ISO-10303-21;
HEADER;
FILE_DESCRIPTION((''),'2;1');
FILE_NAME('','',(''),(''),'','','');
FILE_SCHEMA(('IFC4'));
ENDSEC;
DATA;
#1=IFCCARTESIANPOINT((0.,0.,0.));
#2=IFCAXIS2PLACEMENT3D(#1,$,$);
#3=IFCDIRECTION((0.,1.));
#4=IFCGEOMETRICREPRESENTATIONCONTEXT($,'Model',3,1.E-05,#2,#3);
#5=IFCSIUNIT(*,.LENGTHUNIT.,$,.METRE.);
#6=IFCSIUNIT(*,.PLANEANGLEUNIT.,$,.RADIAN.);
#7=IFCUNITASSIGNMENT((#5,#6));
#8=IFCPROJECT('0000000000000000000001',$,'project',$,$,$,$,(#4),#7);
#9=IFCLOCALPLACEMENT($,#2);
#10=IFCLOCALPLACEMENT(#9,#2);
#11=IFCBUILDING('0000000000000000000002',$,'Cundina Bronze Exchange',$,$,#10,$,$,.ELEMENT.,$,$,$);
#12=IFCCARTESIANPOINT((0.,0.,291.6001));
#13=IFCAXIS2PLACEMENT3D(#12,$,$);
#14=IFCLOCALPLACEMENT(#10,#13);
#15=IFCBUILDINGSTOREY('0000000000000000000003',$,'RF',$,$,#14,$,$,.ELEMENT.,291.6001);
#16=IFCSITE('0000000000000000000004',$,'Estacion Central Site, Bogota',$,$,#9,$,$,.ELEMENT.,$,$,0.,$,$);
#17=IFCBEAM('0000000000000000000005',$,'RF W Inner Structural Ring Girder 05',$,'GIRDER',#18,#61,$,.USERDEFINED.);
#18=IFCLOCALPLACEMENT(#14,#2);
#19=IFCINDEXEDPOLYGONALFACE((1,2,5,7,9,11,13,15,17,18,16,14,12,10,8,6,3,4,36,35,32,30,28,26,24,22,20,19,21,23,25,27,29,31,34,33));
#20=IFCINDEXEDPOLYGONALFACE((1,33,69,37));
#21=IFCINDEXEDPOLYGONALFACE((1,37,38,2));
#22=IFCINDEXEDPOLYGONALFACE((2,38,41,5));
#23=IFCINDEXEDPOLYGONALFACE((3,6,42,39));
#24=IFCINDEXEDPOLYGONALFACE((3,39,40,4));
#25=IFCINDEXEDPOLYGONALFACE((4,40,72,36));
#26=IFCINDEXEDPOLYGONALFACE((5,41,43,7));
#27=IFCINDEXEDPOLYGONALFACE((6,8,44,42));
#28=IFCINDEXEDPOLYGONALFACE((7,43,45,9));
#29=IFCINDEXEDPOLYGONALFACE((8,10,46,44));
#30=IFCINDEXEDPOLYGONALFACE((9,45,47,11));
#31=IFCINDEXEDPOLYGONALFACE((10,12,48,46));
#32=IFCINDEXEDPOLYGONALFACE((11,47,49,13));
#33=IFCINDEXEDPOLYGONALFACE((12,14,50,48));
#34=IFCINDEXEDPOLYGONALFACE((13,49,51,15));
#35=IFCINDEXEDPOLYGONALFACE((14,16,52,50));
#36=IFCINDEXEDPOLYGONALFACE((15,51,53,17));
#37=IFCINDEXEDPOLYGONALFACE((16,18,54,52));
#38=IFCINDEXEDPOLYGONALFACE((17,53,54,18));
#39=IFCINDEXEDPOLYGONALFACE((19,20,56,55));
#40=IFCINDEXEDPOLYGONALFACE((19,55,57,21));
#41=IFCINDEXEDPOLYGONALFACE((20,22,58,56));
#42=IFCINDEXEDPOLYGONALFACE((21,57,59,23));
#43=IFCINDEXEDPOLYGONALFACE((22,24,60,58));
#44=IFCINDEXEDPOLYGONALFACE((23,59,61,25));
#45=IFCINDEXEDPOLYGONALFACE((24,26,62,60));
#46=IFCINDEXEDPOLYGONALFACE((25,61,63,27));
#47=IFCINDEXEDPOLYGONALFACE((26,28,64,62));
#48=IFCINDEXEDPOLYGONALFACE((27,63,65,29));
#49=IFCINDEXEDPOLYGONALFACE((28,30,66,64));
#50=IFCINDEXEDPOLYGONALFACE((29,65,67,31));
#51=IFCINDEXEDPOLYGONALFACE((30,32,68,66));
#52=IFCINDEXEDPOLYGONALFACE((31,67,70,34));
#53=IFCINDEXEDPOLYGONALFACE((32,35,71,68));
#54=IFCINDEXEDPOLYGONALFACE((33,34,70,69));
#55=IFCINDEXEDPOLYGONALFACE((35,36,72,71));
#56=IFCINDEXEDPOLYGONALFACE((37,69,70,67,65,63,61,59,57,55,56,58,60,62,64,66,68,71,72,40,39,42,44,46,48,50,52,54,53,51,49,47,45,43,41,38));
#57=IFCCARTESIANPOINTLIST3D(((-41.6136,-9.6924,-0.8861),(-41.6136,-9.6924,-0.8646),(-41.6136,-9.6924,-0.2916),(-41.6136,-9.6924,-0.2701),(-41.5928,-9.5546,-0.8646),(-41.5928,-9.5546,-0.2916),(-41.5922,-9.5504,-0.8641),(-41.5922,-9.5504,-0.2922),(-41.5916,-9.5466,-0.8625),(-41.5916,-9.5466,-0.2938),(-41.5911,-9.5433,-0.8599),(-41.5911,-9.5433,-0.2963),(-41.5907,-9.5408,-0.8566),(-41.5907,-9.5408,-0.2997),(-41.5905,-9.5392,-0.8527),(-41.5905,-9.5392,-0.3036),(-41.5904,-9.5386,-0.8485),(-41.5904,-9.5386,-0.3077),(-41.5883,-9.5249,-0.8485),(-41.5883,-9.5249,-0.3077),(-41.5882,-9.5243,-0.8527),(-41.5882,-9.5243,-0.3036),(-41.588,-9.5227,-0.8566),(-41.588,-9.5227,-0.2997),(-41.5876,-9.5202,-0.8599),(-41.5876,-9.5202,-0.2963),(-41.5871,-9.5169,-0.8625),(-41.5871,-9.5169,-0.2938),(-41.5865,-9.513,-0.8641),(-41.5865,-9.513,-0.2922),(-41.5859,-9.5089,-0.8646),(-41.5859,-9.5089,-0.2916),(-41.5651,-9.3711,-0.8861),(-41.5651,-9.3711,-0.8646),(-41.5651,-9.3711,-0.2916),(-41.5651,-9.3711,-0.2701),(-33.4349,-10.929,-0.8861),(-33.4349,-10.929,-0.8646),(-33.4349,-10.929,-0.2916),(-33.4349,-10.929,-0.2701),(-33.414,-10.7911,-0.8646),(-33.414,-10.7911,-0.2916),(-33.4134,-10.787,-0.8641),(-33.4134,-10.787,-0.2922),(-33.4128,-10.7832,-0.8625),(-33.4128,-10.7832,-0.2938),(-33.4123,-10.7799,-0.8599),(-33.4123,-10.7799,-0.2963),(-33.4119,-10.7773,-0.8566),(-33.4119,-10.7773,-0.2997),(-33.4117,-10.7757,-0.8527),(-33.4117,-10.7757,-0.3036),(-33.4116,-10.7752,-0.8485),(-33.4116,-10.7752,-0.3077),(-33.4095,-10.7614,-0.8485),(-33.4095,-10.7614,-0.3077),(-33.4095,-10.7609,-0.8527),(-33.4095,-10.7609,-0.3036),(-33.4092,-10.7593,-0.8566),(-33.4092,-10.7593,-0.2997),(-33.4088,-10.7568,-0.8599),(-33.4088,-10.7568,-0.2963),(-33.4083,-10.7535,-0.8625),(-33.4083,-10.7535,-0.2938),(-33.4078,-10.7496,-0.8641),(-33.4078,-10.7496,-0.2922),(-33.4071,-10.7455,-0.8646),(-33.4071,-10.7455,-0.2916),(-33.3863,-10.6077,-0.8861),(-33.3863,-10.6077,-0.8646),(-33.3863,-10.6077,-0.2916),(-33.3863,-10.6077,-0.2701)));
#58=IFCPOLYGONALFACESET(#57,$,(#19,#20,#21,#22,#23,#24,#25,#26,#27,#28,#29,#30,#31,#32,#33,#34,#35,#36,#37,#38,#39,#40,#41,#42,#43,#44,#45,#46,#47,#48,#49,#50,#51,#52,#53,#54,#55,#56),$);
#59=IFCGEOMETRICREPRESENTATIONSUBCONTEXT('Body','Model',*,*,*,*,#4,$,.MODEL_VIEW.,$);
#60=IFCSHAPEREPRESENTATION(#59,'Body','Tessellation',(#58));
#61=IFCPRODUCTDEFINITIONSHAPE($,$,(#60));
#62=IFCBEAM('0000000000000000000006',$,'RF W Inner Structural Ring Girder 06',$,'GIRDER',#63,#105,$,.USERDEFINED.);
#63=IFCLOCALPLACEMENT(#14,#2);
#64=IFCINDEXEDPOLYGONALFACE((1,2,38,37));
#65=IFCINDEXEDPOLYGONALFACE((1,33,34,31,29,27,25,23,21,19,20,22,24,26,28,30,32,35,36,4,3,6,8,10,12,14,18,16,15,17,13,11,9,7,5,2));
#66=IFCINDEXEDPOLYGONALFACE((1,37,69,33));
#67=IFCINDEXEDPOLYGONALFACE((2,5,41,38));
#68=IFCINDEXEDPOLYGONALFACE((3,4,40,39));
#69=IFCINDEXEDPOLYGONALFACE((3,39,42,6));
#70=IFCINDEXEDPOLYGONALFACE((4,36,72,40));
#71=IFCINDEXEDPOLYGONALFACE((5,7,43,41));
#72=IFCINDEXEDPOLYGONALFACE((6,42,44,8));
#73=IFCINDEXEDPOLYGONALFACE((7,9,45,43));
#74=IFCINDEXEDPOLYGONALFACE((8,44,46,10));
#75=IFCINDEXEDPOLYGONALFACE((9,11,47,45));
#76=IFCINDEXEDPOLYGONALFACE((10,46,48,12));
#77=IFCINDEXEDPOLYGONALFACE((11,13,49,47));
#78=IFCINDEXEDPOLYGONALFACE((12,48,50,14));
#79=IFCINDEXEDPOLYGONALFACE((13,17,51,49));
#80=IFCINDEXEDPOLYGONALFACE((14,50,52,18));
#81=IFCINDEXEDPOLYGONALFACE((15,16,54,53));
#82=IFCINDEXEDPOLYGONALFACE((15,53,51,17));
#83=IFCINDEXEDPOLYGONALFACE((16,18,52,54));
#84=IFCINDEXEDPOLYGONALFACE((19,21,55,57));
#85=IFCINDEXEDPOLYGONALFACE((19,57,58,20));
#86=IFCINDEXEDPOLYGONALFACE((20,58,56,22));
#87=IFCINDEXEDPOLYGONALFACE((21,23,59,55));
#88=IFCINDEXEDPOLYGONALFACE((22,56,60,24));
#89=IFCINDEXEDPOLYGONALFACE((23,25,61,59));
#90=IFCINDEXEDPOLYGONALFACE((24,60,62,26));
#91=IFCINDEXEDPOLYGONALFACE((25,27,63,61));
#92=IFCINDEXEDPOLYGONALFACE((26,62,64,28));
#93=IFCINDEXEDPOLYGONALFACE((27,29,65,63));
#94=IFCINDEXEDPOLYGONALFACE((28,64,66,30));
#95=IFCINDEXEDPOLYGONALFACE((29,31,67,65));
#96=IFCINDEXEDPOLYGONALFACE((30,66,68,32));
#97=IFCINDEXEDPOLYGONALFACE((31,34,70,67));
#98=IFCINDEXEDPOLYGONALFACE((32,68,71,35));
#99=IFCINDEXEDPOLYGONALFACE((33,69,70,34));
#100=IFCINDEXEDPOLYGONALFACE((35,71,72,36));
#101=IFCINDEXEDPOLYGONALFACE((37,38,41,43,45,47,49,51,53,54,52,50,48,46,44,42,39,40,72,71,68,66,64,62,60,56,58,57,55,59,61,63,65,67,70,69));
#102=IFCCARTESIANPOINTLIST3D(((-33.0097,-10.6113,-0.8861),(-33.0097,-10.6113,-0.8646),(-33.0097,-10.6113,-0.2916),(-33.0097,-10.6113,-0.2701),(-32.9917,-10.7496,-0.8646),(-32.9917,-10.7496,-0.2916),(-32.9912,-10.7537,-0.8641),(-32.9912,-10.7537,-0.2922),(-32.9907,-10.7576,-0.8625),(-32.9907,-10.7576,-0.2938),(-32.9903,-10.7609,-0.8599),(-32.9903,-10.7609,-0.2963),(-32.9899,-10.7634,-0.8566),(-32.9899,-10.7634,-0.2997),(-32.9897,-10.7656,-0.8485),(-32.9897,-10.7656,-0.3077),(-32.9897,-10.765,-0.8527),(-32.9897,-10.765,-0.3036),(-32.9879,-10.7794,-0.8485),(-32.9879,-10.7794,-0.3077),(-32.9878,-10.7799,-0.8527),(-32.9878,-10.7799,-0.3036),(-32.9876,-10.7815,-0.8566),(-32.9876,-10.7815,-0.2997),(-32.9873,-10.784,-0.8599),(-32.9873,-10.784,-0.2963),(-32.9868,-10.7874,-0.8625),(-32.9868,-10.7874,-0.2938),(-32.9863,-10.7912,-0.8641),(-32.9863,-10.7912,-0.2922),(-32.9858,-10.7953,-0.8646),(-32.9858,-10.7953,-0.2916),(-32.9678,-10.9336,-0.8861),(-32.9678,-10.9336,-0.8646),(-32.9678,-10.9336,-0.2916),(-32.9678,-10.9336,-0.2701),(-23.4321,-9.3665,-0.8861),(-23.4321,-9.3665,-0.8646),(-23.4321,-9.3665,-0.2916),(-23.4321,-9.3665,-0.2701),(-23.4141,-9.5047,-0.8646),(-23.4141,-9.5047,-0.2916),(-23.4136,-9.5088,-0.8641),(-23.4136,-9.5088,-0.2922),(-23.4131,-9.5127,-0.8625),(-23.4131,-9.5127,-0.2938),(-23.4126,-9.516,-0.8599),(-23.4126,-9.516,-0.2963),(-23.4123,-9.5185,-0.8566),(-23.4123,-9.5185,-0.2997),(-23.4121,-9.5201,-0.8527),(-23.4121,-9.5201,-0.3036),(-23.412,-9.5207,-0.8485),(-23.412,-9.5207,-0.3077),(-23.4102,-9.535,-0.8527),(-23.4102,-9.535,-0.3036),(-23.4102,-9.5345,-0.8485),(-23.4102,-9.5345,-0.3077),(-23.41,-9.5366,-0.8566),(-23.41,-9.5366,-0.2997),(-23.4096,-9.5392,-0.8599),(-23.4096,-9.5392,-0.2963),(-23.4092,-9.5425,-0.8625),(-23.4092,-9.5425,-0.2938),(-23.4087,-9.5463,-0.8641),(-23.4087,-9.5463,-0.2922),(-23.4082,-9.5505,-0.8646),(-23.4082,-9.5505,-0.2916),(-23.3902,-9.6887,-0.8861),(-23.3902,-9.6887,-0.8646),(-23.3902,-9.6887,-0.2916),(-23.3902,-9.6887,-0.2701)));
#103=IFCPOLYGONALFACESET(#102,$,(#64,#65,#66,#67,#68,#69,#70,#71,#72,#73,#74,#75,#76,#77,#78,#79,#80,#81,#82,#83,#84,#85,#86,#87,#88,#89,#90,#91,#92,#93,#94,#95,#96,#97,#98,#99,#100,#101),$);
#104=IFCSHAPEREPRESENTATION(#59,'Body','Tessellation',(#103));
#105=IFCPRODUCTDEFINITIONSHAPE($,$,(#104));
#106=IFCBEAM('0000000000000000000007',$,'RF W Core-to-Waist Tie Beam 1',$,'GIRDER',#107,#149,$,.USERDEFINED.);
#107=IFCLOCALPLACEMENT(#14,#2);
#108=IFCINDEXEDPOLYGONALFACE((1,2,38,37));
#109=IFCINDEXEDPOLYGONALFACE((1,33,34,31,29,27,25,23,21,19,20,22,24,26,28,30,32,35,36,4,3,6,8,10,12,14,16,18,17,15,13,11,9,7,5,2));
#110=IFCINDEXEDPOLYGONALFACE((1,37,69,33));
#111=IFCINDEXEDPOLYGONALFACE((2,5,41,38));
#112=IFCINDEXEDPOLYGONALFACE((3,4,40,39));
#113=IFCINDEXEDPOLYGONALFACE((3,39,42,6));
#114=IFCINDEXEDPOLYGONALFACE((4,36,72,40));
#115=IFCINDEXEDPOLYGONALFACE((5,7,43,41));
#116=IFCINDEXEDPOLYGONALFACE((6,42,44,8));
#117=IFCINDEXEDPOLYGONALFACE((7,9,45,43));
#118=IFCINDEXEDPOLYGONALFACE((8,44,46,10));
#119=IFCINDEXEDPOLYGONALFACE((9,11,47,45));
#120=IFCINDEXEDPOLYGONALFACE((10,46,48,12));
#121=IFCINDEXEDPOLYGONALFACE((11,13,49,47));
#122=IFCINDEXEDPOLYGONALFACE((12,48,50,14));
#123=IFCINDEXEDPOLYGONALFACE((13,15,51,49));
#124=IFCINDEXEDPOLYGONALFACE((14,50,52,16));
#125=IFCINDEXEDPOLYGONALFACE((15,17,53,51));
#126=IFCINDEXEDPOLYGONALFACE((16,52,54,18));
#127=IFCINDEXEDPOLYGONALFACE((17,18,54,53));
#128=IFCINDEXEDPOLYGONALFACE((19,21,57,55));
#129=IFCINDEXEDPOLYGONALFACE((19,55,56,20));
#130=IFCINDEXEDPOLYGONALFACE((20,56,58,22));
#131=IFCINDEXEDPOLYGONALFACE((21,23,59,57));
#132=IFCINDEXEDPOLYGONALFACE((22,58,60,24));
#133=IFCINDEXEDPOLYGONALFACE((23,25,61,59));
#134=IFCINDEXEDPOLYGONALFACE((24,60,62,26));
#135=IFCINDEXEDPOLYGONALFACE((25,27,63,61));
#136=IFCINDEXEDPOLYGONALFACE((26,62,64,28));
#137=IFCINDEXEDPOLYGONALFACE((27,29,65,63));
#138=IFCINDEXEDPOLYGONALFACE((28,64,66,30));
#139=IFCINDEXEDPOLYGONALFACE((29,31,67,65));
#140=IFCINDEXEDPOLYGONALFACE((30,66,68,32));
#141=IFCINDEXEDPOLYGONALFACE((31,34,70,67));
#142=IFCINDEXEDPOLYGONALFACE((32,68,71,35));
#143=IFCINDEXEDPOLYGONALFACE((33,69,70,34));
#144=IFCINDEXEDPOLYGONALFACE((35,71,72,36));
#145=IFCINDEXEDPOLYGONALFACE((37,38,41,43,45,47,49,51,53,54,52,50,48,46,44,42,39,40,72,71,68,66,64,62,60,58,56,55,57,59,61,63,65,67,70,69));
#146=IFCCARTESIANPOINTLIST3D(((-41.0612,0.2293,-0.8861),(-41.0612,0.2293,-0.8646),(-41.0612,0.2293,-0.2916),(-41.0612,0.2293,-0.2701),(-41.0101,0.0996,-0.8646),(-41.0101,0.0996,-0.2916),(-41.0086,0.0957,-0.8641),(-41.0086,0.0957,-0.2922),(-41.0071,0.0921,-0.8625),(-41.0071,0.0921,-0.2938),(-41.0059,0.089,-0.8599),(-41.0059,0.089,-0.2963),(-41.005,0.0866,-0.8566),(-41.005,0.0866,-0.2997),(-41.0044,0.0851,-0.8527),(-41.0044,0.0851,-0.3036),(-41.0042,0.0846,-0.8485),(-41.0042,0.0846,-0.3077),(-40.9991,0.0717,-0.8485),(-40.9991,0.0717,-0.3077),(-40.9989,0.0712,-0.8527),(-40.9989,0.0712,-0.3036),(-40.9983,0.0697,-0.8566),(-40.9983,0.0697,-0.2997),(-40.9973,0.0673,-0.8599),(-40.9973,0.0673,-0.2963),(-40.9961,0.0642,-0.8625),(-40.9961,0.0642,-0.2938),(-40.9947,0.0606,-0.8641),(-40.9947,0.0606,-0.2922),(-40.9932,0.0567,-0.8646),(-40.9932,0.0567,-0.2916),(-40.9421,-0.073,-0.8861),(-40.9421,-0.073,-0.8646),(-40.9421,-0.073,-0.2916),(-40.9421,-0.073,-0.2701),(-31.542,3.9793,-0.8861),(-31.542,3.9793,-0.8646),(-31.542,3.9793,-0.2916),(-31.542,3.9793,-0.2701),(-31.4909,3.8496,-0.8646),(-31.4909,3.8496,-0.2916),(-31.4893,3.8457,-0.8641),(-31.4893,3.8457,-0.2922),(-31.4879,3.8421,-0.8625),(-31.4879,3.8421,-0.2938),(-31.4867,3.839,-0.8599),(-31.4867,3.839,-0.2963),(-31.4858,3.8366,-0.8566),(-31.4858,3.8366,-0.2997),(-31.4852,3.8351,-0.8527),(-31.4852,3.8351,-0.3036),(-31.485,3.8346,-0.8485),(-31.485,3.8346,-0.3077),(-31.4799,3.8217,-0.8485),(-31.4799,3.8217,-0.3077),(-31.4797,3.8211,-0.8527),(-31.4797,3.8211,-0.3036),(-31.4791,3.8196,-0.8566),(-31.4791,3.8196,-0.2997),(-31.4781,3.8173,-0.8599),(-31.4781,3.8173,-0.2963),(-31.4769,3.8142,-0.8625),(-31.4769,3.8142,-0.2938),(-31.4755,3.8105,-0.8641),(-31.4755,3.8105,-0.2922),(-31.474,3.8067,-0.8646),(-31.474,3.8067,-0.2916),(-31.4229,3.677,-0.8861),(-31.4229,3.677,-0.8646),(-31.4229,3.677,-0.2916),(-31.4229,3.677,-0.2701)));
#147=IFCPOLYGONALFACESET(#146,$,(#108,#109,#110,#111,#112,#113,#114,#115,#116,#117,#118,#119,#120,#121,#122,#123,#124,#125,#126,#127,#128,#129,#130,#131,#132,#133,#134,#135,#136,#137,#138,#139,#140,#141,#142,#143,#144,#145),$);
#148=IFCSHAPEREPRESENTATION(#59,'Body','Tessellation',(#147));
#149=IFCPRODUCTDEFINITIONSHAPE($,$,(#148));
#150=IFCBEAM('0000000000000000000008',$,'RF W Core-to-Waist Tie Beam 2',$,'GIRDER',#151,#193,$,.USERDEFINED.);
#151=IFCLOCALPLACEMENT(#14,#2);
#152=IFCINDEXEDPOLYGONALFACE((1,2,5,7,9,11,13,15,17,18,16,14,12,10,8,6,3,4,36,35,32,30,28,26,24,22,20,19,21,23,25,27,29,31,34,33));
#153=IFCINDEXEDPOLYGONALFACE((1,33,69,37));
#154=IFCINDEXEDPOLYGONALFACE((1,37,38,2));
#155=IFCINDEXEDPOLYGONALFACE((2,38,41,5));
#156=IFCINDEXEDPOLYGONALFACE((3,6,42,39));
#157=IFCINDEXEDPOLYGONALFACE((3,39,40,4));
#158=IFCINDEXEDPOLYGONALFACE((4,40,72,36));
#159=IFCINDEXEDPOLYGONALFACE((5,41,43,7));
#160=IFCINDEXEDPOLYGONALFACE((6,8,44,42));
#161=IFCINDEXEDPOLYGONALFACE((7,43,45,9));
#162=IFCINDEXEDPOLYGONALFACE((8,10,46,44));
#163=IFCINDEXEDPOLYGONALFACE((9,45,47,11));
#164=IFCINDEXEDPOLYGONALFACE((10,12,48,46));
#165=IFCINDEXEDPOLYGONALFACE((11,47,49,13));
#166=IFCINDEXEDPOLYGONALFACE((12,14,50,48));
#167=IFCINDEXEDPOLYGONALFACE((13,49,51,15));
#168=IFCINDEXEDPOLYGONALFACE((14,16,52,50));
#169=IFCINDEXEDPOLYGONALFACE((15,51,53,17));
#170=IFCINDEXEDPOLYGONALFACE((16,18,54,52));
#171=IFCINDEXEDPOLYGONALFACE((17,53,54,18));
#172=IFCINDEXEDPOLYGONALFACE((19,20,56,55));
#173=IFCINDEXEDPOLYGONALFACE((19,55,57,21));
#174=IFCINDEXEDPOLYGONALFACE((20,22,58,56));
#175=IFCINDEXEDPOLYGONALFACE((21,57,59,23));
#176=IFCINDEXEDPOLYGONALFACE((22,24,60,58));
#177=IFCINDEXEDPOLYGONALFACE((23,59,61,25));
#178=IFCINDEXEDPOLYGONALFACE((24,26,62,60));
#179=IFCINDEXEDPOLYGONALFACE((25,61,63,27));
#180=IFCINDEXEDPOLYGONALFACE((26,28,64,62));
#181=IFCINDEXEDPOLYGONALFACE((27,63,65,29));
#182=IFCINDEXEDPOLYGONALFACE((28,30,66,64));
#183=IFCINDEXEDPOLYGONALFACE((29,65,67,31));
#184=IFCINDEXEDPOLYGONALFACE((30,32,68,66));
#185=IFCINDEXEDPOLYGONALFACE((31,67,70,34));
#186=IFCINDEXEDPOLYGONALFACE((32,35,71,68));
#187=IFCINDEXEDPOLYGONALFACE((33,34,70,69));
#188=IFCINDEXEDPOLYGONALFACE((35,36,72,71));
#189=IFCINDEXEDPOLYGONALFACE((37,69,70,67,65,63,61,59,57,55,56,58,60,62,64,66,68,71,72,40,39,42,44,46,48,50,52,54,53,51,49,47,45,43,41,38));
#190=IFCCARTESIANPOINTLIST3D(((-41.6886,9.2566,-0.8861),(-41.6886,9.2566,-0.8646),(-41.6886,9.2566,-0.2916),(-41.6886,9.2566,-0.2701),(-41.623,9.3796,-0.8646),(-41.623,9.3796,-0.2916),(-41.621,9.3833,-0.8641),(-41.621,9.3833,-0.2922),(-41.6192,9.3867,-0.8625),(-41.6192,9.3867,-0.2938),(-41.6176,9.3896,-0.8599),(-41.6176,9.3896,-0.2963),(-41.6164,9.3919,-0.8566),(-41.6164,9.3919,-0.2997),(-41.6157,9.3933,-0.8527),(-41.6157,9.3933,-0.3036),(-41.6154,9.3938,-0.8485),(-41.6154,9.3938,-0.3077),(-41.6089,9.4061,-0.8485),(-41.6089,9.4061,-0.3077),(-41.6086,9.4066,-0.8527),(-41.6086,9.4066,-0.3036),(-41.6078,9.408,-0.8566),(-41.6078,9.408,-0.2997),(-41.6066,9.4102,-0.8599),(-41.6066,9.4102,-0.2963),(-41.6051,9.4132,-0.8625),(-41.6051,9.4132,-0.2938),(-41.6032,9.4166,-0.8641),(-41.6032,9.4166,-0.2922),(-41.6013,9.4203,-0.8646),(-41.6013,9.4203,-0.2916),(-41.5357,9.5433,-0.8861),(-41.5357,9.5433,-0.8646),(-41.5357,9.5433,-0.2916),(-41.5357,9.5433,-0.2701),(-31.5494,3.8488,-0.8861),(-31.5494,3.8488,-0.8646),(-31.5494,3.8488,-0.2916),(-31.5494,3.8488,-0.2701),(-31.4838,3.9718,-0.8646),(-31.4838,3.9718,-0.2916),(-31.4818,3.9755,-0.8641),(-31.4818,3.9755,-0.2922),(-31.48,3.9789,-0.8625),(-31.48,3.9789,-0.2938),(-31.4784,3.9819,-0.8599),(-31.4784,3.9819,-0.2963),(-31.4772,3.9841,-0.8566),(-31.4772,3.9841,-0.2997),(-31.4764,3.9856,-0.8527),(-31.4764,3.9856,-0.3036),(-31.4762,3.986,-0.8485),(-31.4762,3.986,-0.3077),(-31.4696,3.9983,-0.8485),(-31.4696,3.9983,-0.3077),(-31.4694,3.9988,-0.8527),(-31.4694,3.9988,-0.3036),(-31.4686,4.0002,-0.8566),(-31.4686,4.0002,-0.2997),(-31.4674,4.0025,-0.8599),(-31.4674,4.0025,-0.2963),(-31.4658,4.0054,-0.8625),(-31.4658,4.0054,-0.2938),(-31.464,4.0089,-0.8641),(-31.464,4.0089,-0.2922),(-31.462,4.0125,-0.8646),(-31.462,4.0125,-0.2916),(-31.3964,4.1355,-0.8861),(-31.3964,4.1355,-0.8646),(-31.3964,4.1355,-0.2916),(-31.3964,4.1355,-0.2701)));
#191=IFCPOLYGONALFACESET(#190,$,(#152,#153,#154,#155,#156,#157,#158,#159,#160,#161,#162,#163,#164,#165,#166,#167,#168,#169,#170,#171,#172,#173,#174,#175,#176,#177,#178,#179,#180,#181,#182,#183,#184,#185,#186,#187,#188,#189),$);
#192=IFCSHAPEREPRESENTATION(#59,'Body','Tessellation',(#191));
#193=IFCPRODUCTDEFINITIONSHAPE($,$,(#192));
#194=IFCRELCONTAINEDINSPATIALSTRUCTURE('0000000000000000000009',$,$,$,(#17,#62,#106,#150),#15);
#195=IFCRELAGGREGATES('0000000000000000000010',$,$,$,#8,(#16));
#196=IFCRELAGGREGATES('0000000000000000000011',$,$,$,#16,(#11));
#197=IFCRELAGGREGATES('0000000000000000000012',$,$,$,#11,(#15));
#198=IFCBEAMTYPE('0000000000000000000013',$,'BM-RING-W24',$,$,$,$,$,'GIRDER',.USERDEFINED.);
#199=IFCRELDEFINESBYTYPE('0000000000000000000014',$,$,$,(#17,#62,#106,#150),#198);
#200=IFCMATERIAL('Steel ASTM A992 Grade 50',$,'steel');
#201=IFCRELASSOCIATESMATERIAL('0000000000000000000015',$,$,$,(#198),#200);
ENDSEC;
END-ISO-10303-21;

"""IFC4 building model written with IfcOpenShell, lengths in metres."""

from ifc_helpers import new_model, si_unit, direction, frame, origin, origin_2d, place, context, subcontext, project, spatial, i_section, extrude, material, material_profile, profile_set, type_object, element, save


model = new_model("IFC4")

# Units and contexts
model_context = context("Model", 3, precision=1e-05, world=origin(), true_north=direction((0.0, 1.0)))
body_context = subcontext(model_context, "Body", "Model", "MODEL_VIEW")
ifc_project = project(units=[si_unit("LENGTHUNIT", "METRE"), si_unit("PLANEANGLEUNIT", "RADIAN")], contexts=[model_context])

# Site, building, storey
site_placement = place(None, origin())
site = spatial("IfcSite", under=ifc_project, at=site_placement, Name="Estacion Central Site, Bogota", CompositionType="ELEMENT", RefElevation=0.0)
building_placement = place(site_placement, origin())
building = spatial("IfcBuilding", under=site, at=building_placement, Name="Cundina Bronze Exchange", CompositionType="ELEMENT")
storey_placement = place(building_placement, frame((0.0, 0.0, 291.6001)))
storey = spatial("IfcBuildingStorey", under=building, at=storey_placement, Name="RF", CompositionType="ELEMENT", Elevation=291.6001)

# Beams
ifc_material_1 = material(Name="Steel ASTM A992 Grade 50", Category="steel")
ifc_material_profile_1 = material_profile(ifc_material_1, i_section(OverallWidth=0.325, OverallDepth=0.616, WebThickness=0.0139, FlangeThickness=0.0215, FilletRadius=0.0161, at=origin_2d()), Name="W24X117", Category="steel")
ifc_profile_set_1 = profile_set([ifc_material_profile_1], Name="Steel ASTM A992 Grade 50")
beam_type_1 = type_object("IfcBeamType", Name="BM-RING-W24", ElementType="GIRDER", PredefinedType="USERDEFINED", material=ifc_profile_set_1)
beam_1_placement = place(storey_placement, frame((-41.5894, -9.5317, -0.5781), z_axis=(0.988762, -0.149495, 0.0), x_axis=(0.149495, 0.988762, 0.0)))
element("IfcBeam", 1, at=beam_1_placement, inside=storey, type_object=beam_type_1, Name="RF W Inner Structural Ring Girder 05", ObjectType="GIRDER", PredefinedType="USERDEFINED", context=body_context, shape_type="SweptSolid", body=[
    extrude(i_section(OverallWidth=0.325, OverallDepth=0.616, WebThickness=0.0139, FlangeThickness=0.0215, FilletRadius=0.0161, at=origin_2d()), origin(), (0.0, 0.0, 1.0), 8.2717),
])
beam_2_placement = place(storey_placement, frame((-32.9888, -10.7725, -0.5781), z_axis=(0.991659, 0.128893, 0.0), x_axis=(-0.128893, 0.991659, 0.0)))
element("IfcBeam", 2, at=beam_2_placement, inside=storey, type_object=beam_type_1, Name="RF W Inner Structural Ring Girder 06", ObjectType="GIRDER", PredefinedType="USERDEFINED", context=body_context, shape_type="SweptSolid", body=[
    extrude(i_section(OverallWidth=0.325, OverallDepth=0.616, WebThickness=0.0139, FlangeThickness=0.0215, FilletRadius=0.0161, at=origin_2d()), origin(), (0.0, 0.0, 1.0), 9.6582),
])
beam_3_placement = place(storey_placement, frame((-31.4824, 3.8281, -0.5781), z_axis=(-0.930409, -0.366523, 0.0), x_axis=(0.366523, -0.930409, 0.0)))
element("IfcBeam", 3, at=beam_3_placement, inside=storey, type_object=beam_type_1, Name="RF W Core-to-Waist Tie Beam 1", ObjectType="GIRDER", PredefinedType="USERDEFINED", context=body_context, shape_type="SweptSolid", body=[
    extrude(i_section(OverallWidth=0.325, OverallDepth=0.616, WebThickness=0.0139, FlangeThickness=0.0215, FilletRadius=0.0161, at=origin_2d()), origin(), (0.0, 0.0, 1.0), 10.2312),
])
beam_4_placement = place(storey_placement, frame((-31.4729, 3.9922, -0.5781), z_axis=(-0.882347, 0.470599, 0.0), x_axis=(-0.470599, -0.882347, 0.0)))
element("IfcBeam", 4, at=beam_4_placement, inside=storey, type_object=beam_type_1, Name="RF W Core-to-Waist Tie Beam 2", ObjectType="GIRDER", PredefinedType="USERDEFINED", context=body_context, shape_type="SweptSolid", body=[
    extrude(i_section(OverallWidth=0.325, OverallDepth=0.616, WebThickness=0.0139, FlangeThickness=0.0215, FilletRadius=0.0161, at=origin_2d()), origin(), (0.0, 0.0, 1.0), 11.4912),
])

save(model, "model.ifc")
